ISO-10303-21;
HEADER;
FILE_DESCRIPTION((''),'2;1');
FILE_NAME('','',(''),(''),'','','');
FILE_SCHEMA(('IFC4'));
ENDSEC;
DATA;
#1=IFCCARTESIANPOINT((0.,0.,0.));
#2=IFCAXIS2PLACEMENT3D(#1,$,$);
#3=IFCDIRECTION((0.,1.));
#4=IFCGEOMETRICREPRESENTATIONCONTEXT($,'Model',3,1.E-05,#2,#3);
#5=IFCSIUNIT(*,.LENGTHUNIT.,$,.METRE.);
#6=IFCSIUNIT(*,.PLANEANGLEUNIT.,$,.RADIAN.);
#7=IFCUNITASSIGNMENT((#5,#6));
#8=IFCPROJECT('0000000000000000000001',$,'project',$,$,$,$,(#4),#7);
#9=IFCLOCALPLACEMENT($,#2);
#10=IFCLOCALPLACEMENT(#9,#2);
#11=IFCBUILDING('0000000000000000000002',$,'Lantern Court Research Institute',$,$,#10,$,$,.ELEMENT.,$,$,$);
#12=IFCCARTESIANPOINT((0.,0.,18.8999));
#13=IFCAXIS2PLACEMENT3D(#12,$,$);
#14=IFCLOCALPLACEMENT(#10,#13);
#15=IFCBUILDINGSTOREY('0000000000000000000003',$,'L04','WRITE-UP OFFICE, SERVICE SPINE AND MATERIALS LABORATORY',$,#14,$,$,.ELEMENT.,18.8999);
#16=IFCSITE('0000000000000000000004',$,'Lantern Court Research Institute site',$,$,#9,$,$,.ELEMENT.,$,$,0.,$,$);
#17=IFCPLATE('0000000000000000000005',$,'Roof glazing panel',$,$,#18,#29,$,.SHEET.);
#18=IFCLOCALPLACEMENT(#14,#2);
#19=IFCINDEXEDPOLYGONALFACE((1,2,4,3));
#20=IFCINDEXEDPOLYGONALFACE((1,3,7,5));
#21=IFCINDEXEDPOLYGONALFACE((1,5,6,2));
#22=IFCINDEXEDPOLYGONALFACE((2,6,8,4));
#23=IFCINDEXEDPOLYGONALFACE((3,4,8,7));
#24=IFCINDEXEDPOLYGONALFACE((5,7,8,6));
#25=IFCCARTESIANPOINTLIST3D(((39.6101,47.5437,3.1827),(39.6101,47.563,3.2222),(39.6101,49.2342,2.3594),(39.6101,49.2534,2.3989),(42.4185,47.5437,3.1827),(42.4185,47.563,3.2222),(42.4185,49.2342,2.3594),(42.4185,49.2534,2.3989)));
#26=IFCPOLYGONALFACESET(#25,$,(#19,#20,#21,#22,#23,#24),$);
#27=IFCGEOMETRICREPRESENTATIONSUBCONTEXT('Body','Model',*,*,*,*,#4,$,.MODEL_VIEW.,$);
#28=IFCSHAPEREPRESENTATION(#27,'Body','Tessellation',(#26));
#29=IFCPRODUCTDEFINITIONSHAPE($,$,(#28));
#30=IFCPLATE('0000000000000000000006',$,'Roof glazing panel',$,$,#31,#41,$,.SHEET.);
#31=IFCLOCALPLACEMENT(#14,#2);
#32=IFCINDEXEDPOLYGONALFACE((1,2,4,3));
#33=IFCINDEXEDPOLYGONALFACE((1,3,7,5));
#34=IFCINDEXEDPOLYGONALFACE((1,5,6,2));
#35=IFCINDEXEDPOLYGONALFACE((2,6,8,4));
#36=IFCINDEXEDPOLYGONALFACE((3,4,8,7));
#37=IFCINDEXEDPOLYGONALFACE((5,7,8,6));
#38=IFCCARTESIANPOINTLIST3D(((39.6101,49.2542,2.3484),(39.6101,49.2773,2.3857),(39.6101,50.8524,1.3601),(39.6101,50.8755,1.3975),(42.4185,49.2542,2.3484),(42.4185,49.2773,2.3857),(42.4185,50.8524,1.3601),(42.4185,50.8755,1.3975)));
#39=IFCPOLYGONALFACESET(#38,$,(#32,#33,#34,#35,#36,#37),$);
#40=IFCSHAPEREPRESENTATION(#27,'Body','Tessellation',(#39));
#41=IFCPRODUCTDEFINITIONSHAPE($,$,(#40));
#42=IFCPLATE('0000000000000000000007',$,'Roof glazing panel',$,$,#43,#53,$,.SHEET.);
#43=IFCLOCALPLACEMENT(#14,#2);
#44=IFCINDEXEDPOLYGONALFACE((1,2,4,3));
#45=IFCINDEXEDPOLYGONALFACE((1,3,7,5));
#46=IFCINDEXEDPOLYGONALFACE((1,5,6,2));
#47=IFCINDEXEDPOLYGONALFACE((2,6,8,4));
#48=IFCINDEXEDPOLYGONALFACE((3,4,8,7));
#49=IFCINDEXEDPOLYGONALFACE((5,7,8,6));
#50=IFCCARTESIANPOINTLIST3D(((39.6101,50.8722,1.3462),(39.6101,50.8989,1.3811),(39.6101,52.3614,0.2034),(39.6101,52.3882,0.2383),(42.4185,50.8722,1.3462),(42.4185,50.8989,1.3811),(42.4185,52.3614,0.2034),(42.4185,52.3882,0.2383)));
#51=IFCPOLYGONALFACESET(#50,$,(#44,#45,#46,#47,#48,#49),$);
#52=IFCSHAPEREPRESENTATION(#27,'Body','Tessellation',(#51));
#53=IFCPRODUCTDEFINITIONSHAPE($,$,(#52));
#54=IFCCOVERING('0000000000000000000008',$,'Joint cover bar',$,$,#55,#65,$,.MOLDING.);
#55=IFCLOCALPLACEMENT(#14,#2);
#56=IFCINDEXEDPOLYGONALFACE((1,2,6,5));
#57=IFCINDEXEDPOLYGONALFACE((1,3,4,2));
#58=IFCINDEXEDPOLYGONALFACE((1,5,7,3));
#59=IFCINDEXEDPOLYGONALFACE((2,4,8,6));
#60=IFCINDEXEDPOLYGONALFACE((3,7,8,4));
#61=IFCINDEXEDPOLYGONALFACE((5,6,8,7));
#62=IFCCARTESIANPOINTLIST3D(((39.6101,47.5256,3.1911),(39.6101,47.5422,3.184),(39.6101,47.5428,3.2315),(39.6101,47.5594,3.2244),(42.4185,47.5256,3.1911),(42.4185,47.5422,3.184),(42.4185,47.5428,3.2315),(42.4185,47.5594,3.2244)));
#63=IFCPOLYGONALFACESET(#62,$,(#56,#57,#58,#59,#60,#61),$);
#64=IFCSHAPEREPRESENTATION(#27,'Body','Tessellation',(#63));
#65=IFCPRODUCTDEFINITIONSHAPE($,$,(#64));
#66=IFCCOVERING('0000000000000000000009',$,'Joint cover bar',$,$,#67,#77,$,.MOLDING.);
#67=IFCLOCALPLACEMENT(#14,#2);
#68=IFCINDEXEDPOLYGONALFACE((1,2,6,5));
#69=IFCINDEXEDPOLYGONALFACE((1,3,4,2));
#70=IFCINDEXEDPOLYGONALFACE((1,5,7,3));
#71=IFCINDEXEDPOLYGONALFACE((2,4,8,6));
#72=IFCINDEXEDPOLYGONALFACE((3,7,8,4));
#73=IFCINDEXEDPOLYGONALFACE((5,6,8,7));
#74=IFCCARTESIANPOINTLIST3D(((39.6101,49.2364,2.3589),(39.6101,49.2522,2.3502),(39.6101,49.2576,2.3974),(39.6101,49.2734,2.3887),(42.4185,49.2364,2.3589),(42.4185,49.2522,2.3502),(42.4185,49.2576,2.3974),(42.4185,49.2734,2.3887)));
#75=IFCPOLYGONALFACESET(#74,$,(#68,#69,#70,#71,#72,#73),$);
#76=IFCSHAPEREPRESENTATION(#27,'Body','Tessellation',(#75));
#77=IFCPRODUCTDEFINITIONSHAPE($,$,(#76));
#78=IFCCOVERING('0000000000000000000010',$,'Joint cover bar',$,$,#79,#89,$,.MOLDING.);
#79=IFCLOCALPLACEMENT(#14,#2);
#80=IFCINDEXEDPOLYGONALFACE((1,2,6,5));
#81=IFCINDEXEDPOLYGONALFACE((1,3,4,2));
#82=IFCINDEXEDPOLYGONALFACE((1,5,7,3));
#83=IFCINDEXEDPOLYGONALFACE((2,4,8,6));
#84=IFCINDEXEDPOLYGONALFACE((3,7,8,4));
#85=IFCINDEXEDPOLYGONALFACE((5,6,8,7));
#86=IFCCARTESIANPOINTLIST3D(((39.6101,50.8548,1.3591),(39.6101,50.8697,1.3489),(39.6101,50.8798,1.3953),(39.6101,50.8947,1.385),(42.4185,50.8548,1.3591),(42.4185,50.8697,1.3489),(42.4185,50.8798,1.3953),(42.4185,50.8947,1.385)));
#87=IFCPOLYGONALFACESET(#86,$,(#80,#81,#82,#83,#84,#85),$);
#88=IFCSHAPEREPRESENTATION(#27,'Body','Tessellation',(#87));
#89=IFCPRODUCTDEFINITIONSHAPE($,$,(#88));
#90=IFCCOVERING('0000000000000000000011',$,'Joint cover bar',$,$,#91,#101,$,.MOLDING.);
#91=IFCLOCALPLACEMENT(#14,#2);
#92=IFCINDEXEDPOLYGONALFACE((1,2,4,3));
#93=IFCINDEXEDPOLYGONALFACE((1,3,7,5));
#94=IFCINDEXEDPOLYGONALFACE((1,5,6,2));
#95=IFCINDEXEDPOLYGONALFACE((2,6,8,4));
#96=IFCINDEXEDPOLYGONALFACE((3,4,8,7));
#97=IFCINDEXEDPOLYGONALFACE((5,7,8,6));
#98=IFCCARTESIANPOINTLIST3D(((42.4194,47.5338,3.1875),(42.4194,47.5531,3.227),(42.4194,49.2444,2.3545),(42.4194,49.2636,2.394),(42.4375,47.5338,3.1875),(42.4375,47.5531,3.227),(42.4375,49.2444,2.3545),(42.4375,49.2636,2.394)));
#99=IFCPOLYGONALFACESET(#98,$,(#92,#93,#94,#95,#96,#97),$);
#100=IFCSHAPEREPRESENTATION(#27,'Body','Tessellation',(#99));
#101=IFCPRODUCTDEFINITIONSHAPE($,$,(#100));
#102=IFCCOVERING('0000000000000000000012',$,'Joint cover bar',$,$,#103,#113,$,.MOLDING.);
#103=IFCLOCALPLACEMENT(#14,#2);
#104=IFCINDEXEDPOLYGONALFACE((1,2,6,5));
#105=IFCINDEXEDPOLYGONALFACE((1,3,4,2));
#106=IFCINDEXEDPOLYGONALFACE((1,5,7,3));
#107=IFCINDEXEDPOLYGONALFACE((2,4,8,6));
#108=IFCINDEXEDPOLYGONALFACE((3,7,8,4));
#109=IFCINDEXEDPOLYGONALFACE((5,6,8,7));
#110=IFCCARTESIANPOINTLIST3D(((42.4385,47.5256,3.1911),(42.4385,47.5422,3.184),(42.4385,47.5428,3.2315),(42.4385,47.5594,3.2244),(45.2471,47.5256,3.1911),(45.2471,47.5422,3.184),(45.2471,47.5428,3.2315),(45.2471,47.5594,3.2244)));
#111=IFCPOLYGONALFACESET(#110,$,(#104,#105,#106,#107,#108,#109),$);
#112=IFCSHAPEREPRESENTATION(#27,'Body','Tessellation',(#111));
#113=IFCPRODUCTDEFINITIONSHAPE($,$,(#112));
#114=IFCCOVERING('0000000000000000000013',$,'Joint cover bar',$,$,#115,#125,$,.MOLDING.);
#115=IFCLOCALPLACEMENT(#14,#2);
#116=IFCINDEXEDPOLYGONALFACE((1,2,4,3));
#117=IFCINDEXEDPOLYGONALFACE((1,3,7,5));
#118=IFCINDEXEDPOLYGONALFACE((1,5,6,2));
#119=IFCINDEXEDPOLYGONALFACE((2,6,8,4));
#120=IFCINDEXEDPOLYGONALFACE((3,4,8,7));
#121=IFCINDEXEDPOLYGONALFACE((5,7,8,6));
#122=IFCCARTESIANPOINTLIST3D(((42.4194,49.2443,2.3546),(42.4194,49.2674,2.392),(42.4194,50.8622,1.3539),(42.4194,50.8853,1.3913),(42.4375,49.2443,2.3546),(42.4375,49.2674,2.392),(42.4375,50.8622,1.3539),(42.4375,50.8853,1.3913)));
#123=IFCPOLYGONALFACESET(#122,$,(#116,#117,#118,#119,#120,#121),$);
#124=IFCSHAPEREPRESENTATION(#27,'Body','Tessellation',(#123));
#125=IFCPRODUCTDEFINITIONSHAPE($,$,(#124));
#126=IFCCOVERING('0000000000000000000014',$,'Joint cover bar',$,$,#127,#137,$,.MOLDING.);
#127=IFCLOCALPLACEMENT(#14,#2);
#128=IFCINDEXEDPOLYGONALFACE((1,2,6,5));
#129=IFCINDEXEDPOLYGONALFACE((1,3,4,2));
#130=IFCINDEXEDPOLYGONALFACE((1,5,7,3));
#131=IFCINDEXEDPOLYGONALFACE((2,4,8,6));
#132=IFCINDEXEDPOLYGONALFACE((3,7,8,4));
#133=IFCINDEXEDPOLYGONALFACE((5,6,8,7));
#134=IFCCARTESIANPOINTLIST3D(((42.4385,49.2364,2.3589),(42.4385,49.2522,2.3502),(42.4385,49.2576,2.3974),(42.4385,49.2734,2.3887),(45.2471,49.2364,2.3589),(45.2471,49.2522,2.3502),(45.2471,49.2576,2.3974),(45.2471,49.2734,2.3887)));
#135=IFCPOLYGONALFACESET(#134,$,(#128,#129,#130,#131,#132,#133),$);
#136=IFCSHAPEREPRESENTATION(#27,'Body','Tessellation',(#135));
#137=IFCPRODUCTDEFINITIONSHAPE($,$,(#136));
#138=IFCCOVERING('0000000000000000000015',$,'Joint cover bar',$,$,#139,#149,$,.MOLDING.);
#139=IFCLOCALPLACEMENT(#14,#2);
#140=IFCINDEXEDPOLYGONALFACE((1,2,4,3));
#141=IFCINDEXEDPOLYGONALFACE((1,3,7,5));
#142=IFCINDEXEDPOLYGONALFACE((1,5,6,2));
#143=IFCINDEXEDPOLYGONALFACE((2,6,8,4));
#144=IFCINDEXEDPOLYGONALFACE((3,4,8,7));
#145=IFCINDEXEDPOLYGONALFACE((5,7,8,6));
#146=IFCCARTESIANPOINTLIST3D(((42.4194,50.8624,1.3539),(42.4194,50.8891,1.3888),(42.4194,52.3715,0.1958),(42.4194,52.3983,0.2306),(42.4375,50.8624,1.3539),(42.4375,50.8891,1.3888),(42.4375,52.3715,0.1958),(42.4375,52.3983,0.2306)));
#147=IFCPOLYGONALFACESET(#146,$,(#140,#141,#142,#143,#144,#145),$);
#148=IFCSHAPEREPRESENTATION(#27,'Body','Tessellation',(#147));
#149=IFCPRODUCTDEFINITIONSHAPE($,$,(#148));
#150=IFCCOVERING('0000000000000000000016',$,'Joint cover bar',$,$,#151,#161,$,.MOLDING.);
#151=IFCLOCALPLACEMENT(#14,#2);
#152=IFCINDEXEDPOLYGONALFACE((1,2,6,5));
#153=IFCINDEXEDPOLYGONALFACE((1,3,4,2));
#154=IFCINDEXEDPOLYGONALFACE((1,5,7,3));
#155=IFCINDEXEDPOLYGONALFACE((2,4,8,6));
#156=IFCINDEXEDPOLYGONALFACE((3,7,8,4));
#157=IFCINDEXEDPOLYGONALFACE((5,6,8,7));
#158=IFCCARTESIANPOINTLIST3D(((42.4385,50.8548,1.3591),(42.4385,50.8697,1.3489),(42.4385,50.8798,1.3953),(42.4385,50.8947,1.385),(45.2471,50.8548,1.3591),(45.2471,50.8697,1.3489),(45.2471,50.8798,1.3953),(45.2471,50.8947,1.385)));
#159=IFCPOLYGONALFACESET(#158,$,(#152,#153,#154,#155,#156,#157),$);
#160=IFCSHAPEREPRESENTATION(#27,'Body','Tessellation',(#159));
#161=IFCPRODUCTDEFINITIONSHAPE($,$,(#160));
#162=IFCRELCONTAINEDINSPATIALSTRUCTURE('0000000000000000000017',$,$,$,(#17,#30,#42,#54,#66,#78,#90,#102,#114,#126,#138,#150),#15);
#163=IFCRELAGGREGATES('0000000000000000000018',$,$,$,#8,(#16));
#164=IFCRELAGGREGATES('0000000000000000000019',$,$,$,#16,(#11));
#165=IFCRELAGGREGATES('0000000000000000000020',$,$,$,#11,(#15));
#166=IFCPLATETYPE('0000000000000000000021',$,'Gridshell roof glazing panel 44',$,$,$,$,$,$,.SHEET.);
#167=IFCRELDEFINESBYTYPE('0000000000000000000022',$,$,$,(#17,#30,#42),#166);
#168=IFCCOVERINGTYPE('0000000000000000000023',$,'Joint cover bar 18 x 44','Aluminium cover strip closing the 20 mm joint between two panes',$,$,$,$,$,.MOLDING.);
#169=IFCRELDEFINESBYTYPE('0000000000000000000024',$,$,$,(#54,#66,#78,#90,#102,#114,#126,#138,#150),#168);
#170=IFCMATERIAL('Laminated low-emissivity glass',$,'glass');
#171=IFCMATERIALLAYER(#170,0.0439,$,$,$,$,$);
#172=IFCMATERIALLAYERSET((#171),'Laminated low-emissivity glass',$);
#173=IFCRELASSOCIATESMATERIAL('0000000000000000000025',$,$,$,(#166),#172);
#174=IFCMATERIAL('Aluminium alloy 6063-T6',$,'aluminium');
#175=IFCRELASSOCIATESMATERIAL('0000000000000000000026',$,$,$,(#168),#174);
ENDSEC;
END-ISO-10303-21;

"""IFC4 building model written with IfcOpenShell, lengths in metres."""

from ifc_helpers import new_model, si_unit, direction, frame, origin, origin_2d, place, context, subcontext, project, spatial, polyline, rectangle, outline, extrude, material, layer, layer_set, material_profile, profile_set, type_object, element, save


model = new_model("IFC4")

# Units and contexts
model_context = context("Model", 3, precision=1e-05, world=origin(), true_north=direction((0.0, 1.0)))
body_context = subcontext(model_context, "Body", "Model", "MODEL_VIEW")
ifc_project = project(units=[si_unit("LENGTHUNIT", "METRE"), si_unit("PLANEANGLEUNIT", "RADIAN")], contexts=[model_context])

# Site, building, storey
site_placement = place(None, origin())
site = spatial("IfcSite", under=ifc_project, at=site_placement, Name="Lantern Court Research Institute site", CompositionType="ELEMENT", RefElevation=0.0)
building_placement = place(site_placement, origin())
building = spatial("IfcBuilding", under=site, at=building_placement, Name="Lantern Court Research Institute", CompositionType="ELEMENT")
storey_placement = place(building_placement, frame((0.0, 0.0, 18.8999)))
storey = spatial("IfcBuildingStorey", under=building, at=storey_placement, Name="L04", Description="WRITE-UP OFFICE, SERVICE SPINE AND MATERIALS LABORATORY", CompositionType="ELEMENT", Elevation=18.8999)

# Plates
ifc_material_1 = material(Name="Laminated low-emissivity glass", Category="glass")
ifc_layer = layer(ifc_material_1, 0.0439)
ifc_layer_set = layer_set([ifc_layer], Name="Laminated low-emissivity glass")
plate_type = type_object("IfcPlateType", Name="Gridshell roof glazing panel 44", PredefinedType="SHEET", material=ifc_layer_set)
plate_1_placement = place(storey_placement, frame((42.4185, 47.563, 3.2222), z_axis=(0.0, 0.43784, 0.899053), x_axis=(-1.0, 0.0, 0.0)))
element("IfcPlate", 1, at=plate_1_placement, inside=storey, type_object=plate_type, Name="Roof glazing panel", PredefinedType="SHEET", context=body_context, shape_type="SweptSolid", body=[
    extrude(outline(polyline([(0.0, 0.0), (2.8083, 0.0), (2.8083, -1.8802), (0.0, -1.8802), (0.0, 0.0)])), origin(), (0.0, 0.0, -1.0), 0.0439),
])
plate_2_placement = place(storey_placement, frame((42.4185, 49.2773, 2.3857), z_axis=(0.0, 0.525952, 0.850514), x_axis=(-1.0, 0.0, 0.0)))
element("IfcPlate", 2, at=plate_2_placement, inside=storey, type_object=plate_type, Name="Roof glazing panel", PredefinedType="SHEET", context=body_context, shape_type="SweptSolid", body=[
    extrude(outline(polyline([(0.0, 0.0), (2.8083, 0.0), (2.8083, -1.879), (0.0, -1.879), (0.0, 0.0)])), origin(), (0.0, 0.0, -1.0), 0.0439),
])
plate_3_placement = place(storey_placement, frame((42.4185, 50.8989, 1.3811), z_axis=(0.0, 0.608786, 0.793334), x_axis=(-1.0, 0.0, 0.0)))
element("IfcPlate", 3, at=plate_3_placement, inside=storey, type_object=plate_type, Name="Roof glazing panel", PredefinedType="SHEET", context=body_context, shape_type="SweptSolid", body=[
    extrude(outline(polyline([(0.0, 0.0), (2.8083, 0.0), (2.8083, -1.8772), (0.0, -1.8772), (0.0, 0.0)])), origin(), (0.0, 0.0, -1.0), 0.0439),
])

# Coverings
ifc_material_2 = material(Name="Aluminium alloy 6063-T6", Category="aluminium")
ifc_material_profile_1 = material_profile(ifc_material_2, rectangle(XDim=0.0181, YDim=0.0439, at=origin_2d()), Name="Joint cover bar 18 x 44")
ifc_profile_set_1 = profile_set([ifc_material_profile_1], Name="Aluminium alloy 6063-T6")
covering_type = type_object("IfcCoveringType", Name="Joint cover bar 18 x 44", Description="Aluminium cover strip closing the 20 mm joint between two panes", PredefinedType="MOLDING", material=ifc_profile_set_1)
for number, where, z_axis, x_axis, name in (
    (4, (39.6101, 47.5425, 3.2078), (1.0, 0.0, 0.0), (0.0, 0.919966, -0.391999), "Joint cover bar"),
    (5, (39.6101, 49.2549, 2.3738), (1.0, 0.0, 0.0), (0.0, 0.875897, -0.482497), "Joint cover bar"),
    (6, (39.6101, 50.8748, 1.3721), (1.0, 0.0, 0.0), (0.0, 0.822954, -0.568108), "Joint cover bar"),
):
    element("IfcCovering", number, at=place(storey_placement, frame(where, z_axis=z_axis, x_axis=x_axis)), inside=storey, type_object=covering_type, Name=name, PredefinedType="MOLDING", context=body_context, shape_type="SweptSolid", body=[
        extrude(rectangle(XDim=0.0181, YDim=0.0439, at=origin_2d()), origin(), (0.0, 0.0, 1.0), 2.8083),
    ])
covering_1_placement = place(storey_placement, frame((42.4285, 47.5435, 3.2073), z_axis=(0.0, 0.899049, -0.437847), x_axis=(-1.0, 0.0, 0.0)))
element("IfcCovering", 7, at=covering_1_placement, inside=storey, type_object=covering_type, Name="Joint cover bar", PredefinedType="MOLDING", context=body_context, shape_type="SweptSolid", body=[
    extrude(rectangle(XDim=0.0181, YDim=0.0439, at=origin_2d()), origin(), (0.0, 0.0, 1.0), 1.9026),
])
covering_2_placement = place(storey_placement, frame((42.4385, 47.5425, 3.2078), z_axis=(1.0, 0.0, 0.0), x_axis=(0.0, 0.919966, -0.391999)))
element("IfcCovering", 8, at=covering_2_placement, inside=storey, type_object=covering_type, Name="Joint cover bar", PredefinedType="MOLDING", context=body_context, shape_type="SweptSolid", body=[
    extrude(rectangle(XDim=0.0181, YDim=0.0439, at=origin_2d()), origin(), (0.0, 0.0, 1.0), 2.8086),
])
covering_3_placement = place(storey_placement, frame((42.4285, 49.2559, 2.3733), z_axis=(0.0, 0.850462, -0.526036), x_axis=(-1.0, 0.0, 0.0)))
element("IfcCovering", 9, at=covering_3_placement, inside=storey, type_object=covering_type, Name="Joint cover bar", PredefinedType="MOLDING", context=body_context, shape_type="SweptSolid", body=[
    extrude(rectangle(XDim=0.0181, YDim=0.0439, at=origin_2d()), origin(), (0.0, 0.0, 1.0), 1.9023),
])
covering_4_placement = place(storey_placement, frame((42.4385, 49.2549, 2.3738), z_axis=(1.0, 0.0, 0.0), x_axis=(0.0, 0.875897, -0.482497)))
element("IfcCovering", 10, at=covering_4_placement, inside=storey, type_object=covering_type, Name="Joint cover bar", PredefinedType="MOLDING", context=body_context, shape_type="SweptSolid", body=[
    extrude(rectangle(XDim=0.0181, YDim=0.0439, at=origin_2d()), origin(), (0.0, 0.0, 1.0), 2.8086),
])
covering_5_placement = place(storey_placement, frame((42.4285, 50.8757, 1.3713), z_axis=(0.0, 0.79333, -0.608792), x_axis=(-1.0, 0.0, 0.0)))
element("IfcCovering", 11, at=covering_5_placement, inside=storey, type_object=covering_type, Name="Joint cover bar", PredefinedType="MOLDING", context=body_context, shape_type="SweptSolid", body=[
    extrude(rectangle(XDim=0.0181, YDim=0.0439, at=origin_2d()), origin(), (0.0, 0.0, 1.0), 1.9023),
])
covering_6_placement = place(storey_placement, frame((42.4385, 50.8748, 1.3721), z_axis=(1.0, 0.0, 0.0), x_axis=(0.0, 0.822954, -0.568108)))
element("IfcCovering", 12, at=covering_6_placement, inside=storey, type_object=covering_type, Name="Joint cover bar", PredefinedType="MOLDING", context=body_context, shape_type="SweptSolid", body=[
    extrude(rectangle(XDim=0.0181, YDim=0.0439, at=origin_2d()), origin(), (0.0, 0.0, 1.0), 2.8086),
])

save(model, "model.ifc")
